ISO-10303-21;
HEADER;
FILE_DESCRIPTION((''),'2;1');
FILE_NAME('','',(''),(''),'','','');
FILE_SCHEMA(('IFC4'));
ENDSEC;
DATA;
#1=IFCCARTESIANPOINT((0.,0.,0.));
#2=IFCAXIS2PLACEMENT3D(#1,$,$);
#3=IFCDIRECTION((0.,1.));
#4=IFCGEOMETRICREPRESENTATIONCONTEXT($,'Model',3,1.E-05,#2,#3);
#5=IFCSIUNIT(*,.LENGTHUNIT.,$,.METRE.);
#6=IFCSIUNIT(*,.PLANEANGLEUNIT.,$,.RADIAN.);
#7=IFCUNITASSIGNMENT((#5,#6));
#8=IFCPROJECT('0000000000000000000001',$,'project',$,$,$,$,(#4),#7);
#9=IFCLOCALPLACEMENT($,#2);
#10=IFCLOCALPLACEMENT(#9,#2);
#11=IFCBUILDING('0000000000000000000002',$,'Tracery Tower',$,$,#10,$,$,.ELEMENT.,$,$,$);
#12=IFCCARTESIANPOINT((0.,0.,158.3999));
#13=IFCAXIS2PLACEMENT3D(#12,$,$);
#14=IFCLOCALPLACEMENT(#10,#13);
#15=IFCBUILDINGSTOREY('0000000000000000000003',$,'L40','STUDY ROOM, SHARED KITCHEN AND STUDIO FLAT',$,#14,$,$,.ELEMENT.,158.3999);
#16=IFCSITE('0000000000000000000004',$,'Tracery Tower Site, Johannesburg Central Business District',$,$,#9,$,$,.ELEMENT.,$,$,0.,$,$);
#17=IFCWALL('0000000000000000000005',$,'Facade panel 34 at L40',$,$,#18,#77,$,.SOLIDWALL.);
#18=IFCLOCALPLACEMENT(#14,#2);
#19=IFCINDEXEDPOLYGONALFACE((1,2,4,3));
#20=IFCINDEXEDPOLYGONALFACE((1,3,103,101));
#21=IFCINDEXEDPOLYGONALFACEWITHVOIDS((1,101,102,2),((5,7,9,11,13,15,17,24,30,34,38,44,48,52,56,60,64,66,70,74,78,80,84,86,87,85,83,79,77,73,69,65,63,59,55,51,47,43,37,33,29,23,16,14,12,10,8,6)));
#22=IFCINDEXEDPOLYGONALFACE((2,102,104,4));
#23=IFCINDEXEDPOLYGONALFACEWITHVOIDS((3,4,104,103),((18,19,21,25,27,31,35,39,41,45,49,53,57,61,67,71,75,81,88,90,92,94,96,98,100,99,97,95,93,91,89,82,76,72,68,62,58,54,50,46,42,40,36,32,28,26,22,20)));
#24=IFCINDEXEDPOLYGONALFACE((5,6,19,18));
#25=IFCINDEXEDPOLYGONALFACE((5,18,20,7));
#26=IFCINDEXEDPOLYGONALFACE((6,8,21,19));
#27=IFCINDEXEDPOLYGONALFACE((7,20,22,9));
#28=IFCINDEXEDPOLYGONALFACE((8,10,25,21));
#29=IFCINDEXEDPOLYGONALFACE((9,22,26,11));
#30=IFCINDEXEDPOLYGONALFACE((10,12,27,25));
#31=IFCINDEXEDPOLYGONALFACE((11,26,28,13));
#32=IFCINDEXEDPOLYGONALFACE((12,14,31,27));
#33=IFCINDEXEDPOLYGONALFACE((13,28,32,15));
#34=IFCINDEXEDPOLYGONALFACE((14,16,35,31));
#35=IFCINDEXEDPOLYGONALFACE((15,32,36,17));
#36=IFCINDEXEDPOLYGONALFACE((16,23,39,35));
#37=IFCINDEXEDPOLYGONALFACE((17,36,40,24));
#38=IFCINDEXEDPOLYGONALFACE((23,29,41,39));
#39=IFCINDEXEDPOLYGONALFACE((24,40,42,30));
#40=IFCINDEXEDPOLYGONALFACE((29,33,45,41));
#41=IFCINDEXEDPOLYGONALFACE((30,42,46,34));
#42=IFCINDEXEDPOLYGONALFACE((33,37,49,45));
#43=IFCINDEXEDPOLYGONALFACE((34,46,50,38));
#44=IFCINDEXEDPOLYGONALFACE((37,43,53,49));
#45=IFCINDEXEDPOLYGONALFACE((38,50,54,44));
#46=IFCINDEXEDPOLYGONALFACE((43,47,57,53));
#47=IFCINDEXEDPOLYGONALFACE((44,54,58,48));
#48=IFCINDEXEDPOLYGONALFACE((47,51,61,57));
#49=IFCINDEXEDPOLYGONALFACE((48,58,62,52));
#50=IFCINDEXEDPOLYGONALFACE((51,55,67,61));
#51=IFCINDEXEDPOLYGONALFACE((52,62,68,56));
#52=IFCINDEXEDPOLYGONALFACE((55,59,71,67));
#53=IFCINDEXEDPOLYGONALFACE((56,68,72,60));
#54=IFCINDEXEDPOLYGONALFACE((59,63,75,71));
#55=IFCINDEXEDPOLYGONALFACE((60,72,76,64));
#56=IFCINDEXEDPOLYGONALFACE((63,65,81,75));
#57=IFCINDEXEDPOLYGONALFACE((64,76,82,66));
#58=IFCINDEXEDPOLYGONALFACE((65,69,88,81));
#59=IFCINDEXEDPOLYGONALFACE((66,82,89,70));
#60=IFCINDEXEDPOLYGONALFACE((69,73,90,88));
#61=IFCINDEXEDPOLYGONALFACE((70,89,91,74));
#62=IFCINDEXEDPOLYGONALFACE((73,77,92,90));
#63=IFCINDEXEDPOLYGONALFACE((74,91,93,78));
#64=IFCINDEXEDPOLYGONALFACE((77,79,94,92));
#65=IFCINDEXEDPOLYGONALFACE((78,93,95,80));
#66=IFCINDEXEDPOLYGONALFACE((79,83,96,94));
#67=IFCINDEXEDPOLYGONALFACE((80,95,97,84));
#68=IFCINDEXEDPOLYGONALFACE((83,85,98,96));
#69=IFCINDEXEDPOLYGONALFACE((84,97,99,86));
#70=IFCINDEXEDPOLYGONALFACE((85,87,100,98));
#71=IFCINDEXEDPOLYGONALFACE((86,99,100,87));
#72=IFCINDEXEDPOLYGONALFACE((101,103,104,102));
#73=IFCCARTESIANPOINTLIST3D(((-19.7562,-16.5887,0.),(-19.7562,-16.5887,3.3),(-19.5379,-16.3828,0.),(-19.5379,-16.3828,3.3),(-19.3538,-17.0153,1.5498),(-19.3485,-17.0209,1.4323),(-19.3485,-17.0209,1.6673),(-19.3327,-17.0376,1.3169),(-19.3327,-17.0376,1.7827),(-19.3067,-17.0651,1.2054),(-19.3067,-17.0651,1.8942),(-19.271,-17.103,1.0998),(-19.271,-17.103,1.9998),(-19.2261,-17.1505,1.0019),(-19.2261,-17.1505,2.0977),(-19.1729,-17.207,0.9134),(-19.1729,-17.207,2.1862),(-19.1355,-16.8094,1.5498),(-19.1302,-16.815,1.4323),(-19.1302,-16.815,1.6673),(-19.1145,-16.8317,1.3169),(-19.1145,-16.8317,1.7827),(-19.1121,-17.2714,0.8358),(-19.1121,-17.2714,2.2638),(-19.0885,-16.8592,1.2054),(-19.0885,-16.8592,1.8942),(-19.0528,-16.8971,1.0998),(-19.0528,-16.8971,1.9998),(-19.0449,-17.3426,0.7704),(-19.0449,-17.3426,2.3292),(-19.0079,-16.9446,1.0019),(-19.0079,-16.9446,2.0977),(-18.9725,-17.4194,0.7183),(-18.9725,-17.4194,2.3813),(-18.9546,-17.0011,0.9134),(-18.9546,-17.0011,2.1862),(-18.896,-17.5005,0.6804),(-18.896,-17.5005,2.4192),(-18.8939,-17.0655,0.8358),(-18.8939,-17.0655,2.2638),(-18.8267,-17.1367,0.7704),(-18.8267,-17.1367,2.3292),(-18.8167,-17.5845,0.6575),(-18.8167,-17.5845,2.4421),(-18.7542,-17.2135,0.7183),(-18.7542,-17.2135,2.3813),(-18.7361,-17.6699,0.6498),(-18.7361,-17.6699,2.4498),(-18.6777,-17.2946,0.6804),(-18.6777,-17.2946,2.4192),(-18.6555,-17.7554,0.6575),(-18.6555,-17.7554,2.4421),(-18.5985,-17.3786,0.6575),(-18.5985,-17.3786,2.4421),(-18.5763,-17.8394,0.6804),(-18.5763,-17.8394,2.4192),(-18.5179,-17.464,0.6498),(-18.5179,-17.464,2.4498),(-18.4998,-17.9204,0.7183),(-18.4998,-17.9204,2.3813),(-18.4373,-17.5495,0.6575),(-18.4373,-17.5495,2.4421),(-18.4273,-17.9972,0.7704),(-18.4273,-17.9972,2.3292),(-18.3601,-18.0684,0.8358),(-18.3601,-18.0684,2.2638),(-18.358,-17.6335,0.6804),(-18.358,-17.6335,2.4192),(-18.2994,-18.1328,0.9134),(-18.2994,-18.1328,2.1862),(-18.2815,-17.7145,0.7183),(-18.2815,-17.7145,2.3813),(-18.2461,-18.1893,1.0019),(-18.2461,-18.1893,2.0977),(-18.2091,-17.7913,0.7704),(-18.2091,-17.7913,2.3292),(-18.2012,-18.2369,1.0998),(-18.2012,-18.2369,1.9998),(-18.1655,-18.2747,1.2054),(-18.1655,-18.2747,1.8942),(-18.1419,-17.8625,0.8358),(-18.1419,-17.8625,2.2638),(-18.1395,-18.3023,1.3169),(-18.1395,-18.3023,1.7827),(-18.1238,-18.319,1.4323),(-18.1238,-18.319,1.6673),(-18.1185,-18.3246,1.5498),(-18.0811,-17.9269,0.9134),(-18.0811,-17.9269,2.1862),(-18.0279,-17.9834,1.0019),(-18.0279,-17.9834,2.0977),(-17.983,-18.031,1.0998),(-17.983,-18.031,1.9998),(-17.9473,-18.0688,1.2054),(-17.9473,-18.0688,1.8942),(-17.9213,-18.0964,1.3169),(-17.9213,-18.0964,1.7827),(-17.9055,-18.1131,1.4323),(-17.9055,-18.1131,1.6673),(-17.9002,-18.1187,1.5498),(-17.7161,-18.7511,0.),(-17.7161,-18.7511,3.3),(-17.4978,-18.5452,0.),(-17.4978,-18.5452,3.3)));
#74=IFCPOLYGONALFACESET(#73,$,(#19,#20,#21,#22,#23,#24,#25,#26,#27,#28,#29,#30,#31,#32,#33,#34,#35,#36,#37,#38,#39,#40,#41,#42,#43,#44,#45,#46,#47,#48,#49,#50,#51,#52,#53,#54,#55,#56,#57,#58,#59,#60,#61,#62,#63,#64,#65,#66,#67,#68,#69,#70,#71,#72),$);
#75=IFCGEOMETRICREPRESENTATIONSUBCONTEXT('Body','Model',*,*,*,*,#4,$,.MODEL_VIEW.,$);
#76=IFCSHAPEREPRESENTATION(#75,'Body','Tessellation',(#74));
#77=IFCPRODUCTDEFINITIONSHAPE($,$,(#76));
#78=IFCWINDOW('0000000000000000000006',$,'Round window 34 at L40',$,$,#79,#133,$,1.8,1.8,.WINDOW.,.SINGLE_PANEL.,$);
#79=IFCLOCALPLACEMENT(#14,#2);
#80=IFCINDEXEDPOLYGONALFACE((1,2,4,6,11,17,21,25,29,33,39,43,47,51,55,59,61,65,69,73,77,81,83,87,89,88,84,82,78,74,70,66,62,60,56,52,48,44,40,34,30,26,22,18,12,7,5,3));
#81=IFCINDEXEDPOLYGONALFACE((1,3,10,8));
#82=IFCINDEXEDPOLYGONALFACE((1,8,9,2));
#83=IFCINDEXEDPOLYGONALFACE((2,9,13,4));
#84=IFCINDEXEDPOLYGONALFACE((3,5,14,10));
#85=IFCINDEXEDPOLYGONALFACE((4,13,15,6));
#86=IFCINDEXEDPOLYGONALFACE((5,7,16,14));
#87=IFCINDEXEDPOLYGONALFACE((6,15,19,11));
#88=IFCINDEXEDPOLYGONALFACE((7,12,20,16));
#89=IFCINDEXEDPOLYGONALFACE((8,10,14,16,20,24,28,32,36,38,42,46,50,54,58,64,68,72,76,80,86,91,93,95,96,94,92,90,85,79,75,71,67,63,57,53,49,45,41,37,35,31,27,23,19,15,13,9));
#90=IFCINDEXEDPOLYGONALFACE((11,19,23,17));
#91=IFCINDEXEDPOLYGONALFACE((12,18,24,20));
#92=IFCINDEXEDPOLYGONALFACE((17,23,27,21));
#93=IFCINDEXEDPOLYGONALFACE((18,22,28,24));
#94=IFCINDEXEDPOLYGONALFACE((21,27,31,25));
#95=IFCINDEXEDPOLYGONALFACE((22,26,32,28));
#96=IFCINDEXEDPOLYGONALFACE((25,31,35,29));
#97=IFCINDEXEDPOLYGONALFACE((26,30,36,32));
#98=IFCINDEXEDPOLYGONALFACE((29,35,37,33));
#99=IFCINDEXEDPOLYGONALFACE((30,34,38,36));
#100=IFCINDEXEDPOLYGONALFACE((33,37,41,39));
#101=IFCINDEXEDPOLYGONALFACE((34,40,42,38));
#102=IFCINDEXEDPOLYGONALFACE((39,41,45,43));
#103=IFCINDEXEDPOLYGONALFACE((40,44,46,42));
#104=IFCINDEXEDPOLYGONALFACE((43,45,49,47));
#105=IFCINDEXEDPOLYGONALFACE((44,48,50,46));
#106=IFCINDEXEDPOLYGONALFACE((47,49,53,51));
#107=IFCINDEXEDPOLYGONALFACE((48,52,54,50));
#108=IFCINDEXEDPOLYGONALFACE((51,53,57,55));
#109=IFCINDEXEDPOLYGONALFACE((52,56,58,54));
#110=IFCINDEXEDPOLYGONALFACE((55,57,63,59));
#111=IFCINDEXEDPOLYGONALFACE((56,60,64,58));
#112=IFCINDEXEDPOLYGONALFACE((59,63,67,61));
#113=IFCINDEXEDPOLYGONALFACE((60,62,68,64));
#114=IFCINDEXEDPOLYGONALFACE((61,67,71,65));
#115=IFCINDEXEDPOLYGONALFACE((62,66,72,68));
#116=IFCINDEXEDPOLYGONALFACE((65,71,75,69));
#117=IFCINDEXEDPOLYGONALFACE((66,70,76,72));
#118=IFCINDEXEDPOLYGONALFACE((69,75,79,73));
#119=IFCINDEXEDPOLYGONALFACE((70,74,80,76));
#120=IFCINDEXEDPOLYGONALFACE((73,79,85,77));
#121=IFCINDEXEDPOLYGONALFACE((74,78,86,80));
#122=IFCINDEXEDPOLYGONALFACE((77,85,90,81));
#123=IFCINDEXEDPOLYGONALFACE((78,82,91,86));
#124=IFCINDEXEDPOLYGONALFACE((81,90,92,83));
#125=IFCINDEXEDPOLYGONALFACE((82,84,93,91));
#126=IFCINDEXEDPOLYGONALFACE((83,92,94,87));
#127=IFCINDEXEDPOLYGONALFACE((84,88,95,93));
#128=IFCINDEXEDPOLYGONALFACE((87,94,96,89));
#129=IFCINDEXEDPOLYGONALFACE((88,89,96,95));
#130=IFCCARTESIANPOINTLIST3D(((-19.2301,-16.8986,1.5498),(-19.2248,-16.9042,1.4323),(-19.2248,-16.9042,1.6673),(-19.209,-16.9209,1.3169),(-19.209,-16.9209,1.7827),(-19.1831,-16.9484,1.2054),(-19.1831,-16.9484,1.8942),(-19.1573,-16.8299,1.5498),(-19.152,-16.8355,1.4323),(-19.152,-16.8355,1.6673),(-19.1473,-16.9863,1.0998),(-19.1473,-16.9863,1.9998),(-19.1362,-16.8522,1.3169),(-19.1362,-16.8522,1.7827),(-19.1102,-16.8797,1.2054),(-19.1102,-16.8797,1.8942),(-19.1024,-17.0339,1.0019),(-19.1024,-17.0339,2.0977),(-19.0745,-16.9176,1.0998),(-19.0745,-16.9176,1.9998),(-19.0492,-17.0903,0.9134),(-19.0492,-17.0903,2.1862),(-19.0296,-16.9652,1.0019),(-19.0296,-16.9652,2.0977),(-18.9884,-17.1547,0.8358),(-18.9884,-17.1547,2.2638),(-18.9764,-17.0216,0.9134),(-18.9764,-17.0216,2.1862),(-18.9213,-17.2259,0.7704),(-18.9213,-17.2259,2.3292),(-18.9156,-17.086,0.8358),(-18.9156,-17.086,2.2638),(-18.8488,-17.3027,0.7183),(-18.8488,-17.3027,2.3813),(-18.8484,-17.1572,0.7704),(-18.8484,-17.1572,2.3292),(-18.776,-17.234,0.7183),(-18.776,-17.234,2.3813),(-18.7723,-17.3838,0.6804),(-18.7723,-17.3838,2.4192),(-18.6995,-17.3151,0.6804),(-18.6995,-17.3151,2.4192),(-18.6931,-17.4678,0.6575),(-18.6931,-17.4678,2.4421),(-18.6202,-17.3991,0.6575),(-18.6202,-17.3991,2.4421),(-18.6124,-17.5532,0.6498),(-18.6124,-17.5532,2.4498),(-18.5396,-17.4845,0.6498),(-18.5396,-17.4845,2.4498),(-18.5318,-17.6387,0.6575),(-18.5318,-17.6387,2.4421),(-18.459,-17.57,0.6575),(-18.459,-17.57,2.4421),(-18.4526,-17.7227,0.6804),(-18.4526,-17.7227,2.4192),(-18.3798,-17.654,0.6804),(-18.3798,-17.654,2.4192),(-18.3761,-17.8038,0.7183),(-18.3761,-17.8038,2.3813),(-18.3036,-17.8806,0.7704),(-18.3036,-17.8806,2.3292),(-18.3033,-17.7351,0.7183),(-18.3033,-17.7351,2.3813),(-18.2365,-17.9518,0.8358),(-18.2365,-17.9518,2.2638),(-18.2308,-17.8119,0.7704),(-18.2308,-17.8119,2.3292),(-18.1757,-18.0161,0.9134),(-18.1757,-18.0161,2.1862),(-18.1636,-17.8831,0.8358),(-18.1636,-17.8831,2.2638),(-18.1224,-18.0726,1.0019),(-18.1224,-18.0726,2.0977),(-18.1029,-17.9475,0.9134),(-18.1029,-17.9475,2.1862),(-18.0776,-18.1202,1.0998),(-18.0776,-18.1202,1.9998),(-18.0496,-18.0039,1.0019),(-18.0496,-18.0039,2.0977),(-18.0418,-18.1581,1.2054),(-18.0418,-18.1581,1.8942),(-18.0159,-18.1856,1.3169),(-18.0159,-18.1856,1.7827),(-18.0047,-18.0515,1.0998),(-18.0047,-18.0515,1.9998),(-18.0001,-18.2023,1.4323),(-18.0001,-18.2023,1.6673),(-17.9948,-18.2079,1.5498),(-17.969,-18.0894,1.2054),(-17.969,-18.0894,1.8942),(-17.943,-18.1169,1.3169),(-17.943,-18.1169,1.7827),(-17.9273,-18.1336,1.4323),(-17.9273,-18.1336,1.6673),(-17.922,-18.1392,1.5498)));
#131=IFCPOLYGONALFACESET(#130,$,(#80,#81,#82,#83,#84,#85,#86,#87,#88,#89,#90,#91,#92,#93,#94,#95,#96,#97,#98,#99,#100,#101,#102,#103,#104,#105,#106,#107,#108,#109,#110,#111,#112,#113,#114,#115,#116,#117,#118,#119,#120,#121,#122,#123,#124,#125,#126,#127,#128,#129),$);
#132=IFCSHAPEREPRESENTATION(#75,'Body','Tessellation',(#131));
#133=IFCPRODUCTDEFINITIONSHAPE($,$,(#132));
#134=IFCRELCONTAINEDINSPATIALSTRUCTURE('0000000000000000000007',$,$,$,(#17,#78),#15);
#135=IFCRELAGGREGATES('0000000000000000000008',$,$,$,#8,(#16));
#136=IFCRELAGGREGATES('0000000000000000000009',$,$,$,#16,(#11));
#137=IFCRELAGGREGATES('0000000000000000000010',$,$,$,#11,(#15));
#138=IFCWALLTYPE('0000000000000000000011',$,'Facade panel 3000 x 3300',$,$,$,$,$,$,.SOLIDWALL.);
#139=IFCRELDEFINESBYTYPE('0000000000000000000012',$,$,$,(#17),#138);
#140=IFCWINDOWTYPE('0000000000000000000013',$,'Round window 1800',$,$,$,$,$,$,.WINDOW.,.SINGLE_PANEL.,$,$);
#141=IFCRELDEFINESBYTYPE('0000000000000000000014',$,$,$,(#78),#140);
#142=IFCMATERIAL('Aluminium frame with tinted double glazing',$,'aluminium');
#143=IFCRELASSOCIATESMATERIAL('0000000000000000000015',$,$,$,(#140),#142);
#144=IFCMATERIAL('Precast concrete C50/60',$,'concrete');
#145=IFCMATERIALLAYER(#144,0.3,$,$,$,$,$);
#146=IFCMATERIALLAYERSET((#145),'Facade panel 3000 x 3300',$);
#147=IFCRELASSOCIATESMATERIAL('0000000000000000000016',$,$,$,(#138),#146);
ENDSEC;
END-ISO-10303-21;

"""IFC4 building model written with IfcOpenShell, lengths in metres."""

from ifc_helpers import new_model, si_unit, direction, frame, frame_2d, origin, origin_2d, place, context, subcontext, project, spatial, rectangle, circle, extrude, material, layer, layer_set, type_object, element, fill, save


model = new_model("IFC4")

# Units and contexts
model_context = context("Model", 3, precision=1e-05, world=origin(), true_north=direction((0.0, 1.0)))
body_context = subcontext(model_context, "Body", "Model", "MODEL_VIEW")
ifc_project = project(units=[si_unit("LENGTHUNIT", "METRE"), si_unit("PLANEANGLEUNIT", "RADIAN")], contexts=[model_context])

# Site, building, storey
site_placement = place(None, origin())
site = spatial("IfcSite", under=ifc_project, at=site_placement, Name="Tracery Tower Site, Johannesburg Central Business District", CompositionType="ELEMENT", RefElevation=0.0)
building_placement = place(site_placement, origin())
building = spatial("IfcBuilding", under=site, at=building_placement, Name="Tracery Tower", CompositionType="ELEMENT")
storey_placement = place(building_placement, frame((0.0, 0.0, 158.3999)))
storey = spatial("IfcBuildingStorey", under=building, at=storey_placement, Name="L40", Description="STUDY ROOM, SHARED KITCHEN AND STUDIO FLAT", CompositionType="ELEMENT", Elevation=158.3999)

# Wall, opening, window
ifc_material_1 = material(Name="Aluminium frame with tinted double glazing", Category="aluminium")
window_type = type_object("IfcWindowType", Name="Round window 1800", PartitioningType="SINGLE_PANEL", PredefinedType="WINDOW", material=ifc_material_1)
ifc_material_2 = material(Name="Precast concrete C50/60", Category="concrete")
ifc_layer_1 = layer(ifc_material_2, 0.3)
ifc_layer_set_1 = layer_set([ifc_layer_1], Name="Facade panel 3000 x 3300")
wall_type_1 = type_object("IfcWallType", Name="Facade panel 3000 x 3300", PredefinedType="SOLIDWALL", material=ifc_layer_set_1)
wall_1_placement = place(storey_placement, frame((-19.647, -16.4858, 0.0), z_axis=(0.0, 0.0, 1.0), x_axis=(0.686235, -0.72738, 0.0)))
wall_1 = element("IfcWall", 1, at=wall_1_placement, inside=storey, type_object=wall_type_1, Name="Facade panel 34 at L40", PredefinedType="SOLIDWALL", context=body_context, shape_type="SweptSolid", body=[
    extrude(rectangle(XDim=2.9729, YDim=0.3, at=frame_2d((1.4863, 0.0))), origin(), (0.0, 0.0, 1.0), 3.3),
])
opening_1_placement = place(wall_1_placement, frame((1.4863, 0.0, 1.5498)))
opening_1 = element("IfcOpeningElement", 2, at=opening_1_placement, cuts=wall_1, PredefinedType="OPENING", context=body_context, shape_type="SweptSolid", body=[
    extrude(circle(Radius=0.9, at=origin_2d()), frame((0.0, 0.1599, 0.0), z_axis=(0.0, -1.0, 0.0), x_axis=(1.0, 0.0, 0.0)), (0.0, 0.0, 1.0), 0.3201),
])
window_1_placement = place(opening_1_placement, origin())
window_1 = element("IfcWindow", 3, at=window_1_placement, inside=storey, type_object=window_type, Name="Round window 34 at L40", OverallHeight=1.8, OverallWidth=1.8, PartitioningType="SINGLE_PANEL", PredefinedType="WINDOW", context=body_context, shape_type="SweptSolid", body=[
    extrude(circle(Radius=0.9, at=origin_2d()), frame((0.0, 0.1201, 0.0), z_axis=(0.0, -1.0, 0.0), x_axis=(1.0, 0.0, 0.0)), (0.0, 0.0, 1.0), 0.1001),
])
fill(opening_1, window_1)

save(model, "model.ifc")
